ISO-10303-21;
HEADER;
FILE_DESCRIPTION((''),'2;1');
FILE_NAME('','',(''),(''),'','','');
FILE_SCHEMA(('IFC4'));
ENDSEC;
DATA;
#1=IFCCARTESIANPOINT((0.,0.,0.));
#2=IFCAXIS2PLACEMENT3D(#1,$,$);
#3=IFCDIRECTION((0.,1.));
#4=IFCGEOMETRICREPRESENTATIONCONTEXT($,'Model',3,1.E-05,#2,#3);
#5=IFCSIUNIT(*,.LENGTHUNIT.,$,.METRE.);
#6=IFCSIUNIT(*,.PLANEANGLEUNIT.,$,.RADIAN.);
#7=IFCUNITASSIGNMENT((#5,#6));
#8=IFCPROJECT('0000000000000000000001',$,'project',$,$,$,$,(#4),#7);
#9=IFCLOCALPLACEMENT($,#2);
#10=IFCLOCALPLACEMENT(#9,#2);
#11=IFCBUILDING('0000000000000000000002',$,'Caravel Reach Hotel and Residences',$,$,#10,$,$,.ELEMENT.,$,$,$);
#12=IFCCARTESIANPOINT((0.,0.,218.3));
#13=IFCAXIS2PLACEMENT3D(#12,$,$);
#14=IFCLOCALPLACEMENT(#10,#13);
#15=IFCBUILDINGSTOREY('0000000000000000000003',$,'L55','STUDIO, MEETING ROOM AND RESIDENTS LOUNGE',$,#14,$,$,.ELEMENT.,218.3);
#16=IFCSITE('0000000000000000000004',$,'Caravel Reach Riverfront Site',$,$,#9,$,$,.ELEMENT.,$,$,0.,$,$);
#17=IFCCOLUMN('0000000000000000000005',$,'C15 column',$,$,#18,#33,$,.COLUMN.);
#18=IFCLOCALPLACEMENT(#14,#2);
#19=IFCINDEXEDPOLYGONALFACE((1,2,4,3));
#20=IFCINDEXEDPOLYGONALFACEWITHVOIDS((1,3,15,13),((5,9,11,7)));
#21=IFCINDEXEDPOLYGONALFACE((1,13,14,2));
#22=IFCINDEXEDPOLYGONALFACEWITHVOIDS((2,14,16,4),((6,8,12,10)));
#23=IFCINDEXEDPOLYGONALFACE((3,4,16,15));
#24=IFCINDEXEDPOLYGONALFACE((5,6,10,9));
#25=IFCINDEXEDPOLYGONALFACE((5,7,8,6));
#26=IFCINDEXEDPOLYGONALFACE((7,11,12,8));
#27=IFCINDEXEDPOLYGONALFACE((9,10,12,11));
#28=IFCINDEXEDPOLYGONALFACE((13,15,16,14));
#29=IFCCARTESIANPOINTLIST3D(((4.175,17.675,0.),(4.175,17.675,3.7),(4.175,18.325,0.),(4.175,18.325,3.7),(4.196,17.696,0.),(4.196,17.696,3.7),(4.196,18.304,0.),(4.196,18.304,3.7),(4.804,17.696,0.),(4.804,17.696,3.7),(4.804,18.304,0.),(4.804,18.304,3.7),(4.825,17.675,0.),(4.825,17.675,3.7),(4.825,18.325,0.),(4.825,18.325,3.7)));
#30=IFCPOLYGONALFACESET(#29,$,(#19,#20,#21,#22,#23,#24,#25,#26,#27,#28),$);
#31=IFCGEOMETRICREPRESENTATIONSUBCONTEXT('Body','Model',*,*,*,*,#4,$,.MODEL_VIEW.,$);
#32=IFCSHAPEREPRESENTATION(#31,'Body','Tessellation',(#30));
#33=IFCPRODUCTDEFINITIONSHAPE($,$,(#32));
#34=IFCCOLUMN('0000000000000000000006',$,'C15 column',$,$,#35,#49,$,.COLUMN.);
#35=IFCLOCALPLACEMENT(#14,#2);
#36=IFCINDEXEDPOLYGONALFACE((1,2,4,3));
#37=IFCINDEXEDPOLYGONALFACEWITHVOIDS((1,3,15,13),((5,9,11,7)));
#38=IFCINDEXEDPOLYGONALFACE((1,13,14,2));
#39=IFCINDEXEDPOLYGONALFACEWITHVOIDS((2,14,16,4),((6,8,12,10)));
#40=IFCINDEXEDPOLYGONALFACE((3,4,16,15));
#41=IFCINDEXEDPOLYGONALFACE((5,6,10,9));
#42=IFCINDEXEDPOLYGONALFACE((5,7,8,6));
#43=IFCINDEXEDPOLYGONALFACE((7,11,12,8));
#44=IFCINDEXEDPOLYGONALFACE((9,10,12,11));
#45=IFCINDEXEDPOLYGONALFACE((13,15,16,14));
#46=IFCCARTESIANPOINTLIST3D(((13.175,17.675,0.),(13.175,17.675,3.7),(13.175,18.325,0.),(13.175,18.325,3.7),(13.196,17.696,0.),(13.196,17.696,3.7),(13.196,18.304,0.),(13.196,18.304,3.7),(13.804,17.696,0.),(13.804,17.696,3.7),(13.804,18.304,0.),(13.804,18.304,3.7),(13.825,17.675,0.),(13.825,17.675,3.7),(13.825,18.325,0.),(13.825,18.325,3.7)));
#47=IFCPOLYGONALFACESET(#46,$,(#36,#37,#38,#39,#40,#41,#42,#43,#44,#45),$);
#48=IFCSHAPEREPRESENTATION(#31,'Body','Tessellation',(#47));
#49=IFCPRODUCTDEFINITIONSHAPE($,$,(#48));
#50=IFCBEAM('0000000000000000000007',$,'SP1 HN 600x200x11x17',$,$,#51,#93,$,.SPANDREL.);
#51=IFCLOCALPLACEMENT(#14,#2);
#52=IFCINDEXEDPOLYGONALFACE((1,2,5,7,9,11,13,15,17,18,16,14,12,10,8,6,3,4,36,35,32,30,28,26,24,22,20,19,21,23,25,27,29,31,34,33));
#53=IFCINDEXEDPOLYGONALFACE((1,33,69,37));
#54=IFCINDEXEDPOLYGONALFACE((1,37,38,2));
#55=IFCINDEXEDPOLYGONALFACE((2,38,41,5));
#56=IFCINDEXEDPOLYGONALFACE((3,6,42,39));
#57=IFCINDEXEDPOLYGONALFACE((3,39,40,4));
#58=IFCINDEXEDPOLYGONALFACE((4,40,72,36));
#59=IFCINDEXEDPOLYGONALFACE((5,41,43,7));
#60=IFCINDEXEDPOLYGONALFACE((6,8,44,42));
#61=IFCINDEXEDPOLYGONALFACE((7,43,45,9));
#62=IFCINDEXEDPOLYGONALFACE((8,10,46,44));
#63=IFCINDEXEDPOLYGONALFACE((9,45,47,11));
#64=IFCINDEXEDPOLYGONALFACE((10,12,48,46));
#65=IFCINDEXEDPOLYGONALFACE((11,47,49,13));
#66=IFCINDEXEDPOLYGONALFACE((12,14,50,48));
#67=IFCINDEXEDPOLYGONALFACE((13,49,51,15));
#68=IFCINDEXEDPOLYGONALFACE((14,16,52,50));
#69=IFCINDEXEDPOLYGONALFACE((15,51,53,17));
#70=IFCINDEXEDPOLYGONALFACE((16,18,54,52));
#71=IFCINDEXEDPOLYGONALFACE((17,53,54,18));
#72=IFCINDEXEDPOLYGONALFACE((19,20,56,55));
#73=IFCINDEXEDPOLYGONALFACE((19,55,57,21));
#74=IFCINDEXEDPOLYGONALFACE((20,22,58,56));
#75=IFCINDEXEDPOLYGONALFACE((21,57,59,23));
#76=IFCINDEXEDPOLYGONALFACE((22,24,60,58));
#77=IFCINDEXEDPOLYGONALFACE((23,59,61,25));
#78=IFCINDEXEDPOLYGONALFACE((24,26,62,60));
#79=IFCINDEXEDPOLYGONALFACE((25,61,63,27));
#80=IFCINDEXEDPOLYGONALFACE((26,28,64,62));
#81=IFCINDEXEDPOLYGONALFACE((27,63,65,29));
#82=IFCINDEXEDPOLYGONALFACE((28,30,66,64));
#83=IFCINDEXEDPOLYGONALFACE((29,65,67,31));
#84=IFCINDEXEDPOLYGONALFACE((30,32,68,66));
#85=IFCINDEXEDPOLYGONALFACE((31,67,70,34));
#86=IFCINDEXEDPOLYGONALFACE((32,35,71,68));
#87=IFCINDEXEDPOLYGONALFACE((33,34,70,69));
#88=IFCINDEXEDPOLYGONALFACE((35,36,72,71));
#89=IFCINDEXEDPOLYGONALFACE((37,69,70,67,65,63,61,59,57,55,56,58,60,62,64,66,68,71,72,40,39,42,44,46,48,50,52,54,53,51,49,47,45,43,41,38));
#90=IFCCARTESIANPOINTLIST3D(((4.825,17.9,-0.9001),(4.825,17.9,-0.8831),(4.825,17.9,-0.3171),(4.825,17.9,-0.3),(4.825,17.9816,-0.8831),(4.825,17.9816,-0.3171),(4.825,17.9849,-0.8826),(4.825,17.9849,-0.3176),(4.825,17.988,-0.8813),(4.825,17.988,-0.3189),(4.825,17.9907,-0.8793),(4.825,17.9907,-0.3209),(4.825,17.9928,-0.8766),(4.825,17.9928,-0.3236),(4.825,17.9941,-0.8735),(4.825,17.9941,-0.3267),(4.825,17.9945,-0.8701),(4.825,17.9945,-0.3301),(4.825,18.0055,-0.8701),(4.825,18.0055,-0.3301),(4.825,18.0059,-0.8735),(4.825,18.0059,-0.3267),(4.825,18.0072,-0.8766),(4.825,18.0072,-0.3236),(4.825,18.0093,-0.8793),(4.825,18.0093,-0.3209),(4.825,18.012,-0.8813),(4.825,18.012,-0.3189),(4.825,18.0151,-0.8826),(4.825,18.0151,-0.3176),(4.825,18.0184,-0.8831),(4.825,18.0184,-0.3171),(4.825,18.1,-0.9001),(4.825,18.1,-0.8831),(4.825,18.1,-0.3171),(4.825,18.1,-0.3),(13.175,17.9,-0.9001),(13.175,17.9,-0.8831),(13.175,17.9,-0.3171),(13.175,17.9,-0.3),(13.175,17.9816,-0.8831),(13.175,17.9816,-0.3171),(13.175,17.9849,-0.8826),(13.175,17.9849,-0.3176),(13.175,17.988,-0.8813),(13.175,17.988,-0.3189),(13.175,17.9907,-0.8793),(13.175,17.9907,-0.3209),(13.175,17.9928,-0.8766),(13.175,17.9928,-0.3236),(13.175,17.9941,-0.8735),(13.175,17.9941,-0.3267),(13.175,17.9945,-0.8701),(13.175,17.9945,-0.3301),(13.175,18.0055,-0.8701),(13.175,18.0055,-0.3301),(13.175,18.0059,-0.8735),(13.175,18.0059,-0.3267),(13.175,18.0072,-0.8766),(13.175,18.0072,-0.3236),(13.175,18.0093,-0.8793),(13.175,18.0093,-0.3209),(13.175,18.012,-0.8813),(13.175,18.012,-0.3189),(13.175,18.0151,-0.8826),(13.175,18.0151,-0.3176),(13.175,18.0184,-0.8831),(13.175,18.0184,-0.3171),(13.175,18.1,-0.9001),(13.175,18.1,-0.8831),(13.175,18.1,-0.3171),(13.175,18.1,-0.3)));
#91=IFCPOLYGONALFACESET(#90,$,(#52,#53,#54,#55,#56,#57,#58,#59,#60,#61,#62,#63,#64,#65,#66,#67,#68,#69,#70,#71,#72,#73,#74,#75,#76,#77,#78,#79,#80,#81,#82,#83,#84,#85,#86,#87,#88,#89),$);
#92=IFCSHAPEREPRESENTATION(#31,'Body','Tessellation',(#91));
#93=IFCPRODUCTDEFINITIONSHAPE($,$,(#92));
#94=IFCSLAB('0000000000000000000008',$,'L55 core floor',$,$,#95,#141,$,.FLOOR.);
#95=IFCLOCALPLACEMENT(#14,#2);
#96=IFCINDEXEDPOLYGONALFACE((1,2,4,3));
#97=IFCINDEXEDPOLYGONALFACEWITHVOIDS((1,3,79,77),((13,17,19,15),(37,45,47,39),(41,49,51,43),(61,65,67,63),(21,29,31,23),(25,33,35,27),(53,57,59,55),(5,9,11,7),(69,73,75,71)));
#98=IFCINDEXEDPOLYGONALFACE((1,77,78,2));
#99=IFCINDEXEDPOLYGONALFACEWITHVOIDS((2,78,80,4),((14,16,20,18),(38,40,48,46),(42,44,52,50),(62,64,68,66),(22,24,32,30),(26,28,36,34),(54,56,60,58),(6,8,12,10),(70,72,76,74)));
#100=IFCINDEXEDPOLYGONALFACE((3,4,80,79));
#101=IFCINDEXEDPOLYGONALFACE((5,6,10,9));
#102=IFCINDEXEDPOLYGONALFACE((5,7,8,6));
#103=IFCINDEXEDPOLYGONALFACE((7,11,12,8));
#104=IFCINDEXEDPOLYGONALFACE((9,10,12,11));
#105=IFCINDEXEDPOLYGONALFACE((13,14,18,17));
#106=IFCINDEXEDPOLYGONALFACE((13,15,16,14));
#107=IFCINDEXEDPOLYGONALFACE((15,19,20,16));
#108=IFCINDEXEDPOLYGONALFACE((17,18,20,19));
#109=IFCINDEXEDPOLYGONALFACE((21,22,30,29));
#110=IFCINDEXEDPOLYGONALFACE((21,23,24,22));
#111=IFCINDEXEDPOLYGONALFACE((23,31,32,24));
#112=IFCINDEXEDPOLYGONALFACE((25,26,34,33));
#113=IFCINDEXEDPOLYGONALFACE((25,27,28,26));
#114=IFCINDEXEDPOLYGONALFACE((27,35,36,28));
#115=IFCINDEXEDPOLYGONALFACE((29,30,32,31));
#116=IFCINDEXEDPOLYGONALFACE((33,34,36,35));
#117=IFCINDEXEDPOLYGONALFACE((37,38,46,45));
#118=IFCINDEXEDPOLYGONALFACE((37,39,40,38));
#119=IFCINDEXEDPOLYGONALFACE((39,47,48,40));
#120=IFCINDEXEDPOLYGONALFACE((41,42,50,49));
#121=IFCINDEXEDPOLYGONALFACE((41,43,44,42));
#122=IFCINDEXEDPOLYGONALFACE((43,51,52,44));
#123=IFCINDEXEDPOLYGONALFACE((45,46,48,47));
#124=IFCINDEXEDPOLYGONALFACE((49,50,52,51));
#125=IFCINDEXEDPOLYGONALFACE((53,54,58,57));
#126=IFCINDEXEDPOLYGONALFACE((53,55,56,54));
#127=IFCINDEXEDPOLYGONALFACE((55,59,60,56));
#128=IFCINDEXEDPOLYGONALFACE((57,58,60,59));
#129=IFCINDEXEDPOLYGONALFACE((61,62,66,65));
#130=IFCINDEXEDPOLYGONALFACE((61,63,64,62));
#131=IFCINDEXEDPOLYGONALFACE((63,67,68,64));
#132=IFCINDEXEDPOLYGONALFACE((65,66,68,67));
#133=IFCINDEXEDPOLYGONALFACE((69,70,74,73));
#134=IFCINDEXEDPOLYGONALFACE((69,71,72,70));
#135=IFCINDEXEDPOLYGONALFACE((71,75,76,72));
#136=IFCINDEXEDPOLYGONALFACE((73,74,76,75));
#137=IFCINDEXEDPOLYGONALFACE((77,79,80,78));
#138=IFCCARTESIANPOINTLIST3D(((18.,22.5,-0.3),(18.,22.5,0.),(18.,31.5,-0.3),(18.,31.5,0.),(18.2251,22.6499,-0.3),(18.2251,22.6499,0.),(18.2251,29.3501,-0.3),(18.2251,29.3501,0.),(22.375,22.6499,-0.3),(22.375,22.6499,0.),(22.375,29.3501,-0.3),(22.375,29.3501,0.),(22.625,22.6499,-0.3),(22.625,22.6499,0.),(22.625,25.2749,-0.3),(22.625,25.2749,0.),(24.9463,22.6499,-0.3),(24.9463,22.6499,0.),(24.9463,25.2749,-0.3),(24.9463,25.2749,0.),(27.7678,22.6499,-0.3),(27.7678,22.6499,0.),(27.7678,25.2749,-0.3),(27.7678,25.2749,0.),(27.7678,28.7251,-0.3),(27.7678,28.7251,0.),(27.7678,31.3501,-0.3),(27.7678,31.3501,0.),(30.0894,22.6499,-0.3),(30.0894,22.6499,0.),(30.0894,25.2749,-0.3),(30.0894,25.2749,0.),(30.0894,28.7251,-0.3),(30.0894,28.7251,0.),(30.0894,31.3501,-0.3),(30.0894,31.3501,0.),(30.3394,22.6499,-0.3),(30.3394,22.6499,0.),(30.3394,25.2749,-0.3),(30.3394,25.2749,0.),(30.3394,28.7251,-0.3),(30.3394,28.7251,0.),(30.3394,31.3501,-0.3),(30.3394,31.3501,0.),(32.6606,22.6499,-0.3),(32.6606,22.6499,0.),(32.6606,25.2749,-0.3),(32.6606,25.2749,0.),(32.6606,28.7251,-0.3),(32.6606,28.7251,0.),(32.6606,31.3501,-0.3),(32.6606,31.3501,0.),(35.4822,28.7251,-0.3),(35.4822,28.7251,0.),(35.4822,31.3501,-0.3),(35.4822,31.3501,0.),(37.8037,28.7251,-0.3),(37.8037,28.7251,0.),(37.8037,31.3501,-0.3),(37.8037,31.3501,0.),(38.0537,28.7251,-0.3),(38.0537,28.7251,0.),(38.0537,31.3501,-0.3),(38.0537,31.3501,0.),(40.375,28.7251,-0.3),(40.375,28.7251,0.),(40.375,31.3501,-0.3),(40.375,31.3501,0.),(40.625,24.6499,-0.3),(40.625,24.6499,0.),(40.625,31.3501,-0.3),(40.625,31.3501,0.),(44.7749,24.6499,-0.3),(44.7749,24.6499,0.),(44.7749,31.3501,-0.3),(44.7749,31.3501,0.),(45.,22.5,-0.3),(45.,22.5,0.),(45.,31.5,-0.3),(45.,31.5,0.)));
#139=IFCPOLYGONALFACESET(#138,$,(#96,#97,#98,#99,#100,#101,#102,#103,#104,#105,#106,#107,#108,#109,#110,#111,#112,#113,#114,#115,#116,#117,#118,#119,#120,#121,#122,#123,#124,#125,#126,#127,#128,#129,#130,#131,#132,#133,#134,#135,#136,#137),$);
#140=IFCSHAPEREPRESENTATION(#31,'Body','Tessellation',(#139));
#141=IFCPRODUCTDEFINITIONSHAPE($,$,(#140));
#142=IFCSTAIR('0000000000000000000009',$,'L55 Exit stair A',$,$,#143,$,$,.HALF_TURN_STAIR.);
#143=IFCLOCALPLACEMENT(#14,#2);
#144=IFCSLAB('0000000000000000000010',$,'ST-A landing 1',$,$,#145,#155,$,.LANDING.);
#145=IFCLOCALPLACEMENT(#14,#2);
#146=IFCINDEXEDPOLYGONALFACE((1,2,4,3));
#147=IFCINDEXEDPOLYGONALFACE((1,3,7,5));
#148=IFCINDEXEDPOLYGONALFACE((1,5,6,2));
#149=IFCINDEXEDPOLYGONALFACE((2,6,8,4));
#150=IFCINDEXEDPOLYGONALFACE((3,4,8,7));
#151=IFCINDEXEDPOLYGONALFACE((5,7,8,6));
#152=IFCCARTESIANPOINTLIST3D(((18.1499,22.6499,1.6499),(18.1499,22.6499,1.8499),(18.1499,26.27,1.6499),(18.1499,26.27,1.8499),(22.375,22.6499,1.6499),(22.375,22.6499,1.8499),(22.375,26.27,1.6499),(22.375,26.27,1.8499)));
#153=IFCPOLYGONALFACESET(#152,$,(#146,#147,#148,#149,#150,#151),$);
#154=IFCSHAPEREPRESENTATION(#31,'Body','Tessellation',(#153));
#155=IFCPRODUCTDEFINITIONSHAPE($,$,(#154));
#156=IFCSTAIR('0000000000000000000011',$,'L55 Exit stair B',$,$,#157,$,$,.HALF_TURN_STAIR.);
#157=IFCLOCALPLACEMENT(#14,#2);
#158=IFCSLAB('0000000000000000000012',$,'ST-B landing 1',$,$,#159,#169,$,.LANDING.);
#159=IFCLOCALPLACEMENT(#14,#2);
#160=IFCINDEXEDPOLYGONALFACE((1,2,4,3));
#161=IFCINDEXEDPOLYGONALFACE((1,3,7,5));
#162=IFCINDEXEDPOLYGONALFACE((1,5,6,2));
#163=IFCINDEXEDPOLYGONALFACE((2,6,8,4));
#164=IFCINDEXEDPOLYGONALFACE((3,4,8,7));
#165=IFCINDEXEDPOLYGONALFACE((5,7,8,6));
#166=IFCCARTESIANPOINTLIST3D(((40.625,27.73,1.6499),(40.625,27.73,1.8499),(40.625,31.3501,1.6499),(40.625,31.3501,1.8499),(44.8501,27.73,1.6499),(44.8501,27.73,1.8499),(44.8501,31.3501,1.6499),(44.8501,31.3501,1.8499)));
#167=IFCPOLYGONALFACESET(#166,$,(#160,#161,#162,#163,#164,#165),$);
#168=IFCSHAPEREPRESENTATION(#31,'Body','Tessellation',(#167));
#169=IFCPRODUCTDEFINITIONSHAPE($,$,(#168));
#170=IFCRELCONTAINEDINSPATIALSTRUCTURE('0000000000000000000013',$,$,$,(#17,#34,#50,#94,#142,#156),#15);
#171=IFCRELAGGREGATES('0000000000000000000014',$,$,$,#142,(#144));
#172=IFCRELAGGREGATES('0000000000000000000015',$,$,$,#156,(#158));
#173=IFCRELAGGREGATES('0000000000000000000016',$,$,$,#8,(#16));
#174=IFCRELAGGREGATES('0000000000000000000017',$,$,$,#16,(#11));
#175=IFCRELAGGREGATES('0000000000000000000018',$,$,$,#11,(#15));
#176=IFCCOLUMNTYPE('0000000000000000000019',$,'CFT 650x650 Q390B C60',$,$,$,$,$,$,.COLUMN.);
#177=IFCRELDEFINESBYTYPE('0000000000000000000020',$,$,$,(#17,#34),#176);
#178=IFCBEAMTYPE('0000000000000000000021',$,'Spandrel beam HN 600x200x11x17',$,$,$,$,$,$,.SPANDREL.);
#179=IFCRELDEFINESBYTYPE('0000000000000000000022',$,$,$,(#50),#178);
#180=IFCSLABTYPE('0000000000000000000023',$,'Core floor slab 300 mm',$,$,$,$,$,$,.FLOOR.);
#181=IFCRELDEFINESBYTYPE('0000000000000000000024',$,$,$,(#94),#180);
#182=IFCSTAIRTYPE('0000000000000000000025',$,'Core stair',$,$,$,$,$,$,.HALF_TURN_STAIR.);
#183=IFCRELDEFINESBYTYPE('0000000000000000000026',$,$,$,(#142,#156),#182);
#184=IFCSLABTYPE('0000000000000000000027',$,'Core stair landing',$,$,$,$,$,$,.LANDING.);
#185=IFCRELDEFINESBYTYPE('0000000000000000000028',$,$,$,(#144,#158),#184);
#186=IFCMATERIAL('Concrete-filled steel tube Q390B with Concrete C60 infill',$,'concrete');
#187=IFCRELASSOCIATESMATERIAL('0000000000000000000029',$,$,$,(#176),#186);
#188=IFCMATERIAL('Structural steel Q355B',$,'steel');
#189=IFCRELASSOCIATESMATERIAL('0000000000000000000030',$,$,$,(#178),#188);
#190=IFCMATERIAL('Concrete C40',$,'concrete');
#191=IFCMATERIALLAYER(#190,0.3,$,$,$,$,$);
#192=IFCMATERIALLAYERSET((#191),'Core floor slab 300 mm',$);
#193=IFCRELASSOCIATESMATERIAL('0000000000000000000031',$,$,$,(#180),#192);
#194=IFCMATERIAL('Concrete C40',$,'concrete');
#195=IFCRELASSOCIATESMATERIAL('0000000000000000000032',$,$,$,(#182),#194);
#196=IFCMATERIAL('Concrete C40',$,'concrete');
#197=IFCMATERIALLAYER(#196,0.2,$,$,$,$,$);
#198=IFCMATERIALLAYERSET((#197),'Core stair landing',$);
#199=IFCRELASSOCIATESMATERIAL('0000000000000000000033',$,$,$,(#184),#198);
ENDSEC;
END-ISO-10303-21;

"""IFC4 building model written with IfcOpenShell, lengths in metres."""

from ifc_helpers import new_model, si_unit, direction, frame, origin, origin_2d, place, context, subcontext, project, spatial, polyline, hollow_rectangle, i_section, outline, extrude, material, layer, layer_set, material_profile, profile_set, type_object, element, aggregate, save


model = new_model("IFC4")

# Units and contexts
model_context = context("Model", 3, precision=1e-05, world=origin(), true_north=direction((0.0, 1.0)))
body_context = subcontext(model_context, "Body", "Model", "MODEL_VIEW")
ifc_project = project(units=[si_unit("LENGTHUNIT", "METRE"), si_unit("PLANEANGLEUNIT", "RADIAN")], contexts=[model_context])

# Site, building, storey
site_placement = place(None, origin())
site = spatial("IfcSite", under=ifc_project, at=site_placement, Name="Caravel Reach Riverfront Site", CompositionType="ELEMENT", RefElevation=0.0)
building_placement = place(site_placement, origin())
building = spatial("IfcBuilding", under=site, at=building_placement, Name="Caravel Reach Hotel and Residences", CompositionType="ELEMENT")
storey_placement = place(building_placement, frame((0.0, 0.0, 218.3)))
storey = spatial("IfcBuildingStorey", under=building, at=storey_placement, Name="L55", Description="STUDIO, MEETING ROOM AND RESIDENTS LOUNGE", CompositionType="ELEMENT", Elevation=218.3)

# Columns
ifc_material_1 = material(Name="Concrete-filled steel tube Q390B with Concrete C60 infill", Category="concrete")
ifc_material_profile_1 = material_profile(ifc_material_1, hollow_rectangle(XDim=0.6499, YDim=0.6499, WallThickness=0.021, at=origin_2d()), Name="RHS 650x650x21")
ifc_profile_set_1 = profile_set([ifc_material_profile_1], Name="Concrete-filled steel tube Q390B with Concrete C60 infill")
column_type = type_object("IfcColumnType", Name="CFT 650x650 Q390B C60", PredefinedType="COLUMN", material=ifc_profile_set_1)
for number, where, z_axis, x_axis, name in (
    (1, (4.5, 18.0, 0.0), (0.0, 0.0, 1.0), (1.0, 0.0, 0.0), "C15 column"),
    (2, (13.5, 18.0, 0.0), (0.0, 0.0, 1.0), (1.0, 0.0, 0.0), "C15 column"),
):
    element("IfcColumn", number, at=place(storey_placement, frame(where, z_axis=z_axis, x_axis=x_axis)), inside=storey, type_object=column_type, Name=name, PredefinedType="COLUMN", context=body_context, shape_type="SweptSolid", body=[
        extrude(hollow_rectangle(XDim=0.6499, YDim=0.6499, WallThickness=0.021, at=origin_2d()), origin(), (0.0, 0.0, 1.0), 3.7),
    ])

# Beam
ifc_material_2 = material(Name="Structural steel Q355B", Category="steel")
ifc_material_profile_2 = material_profile(ifc_material_2, i_section(OverallWidth=0.2, OverallDepth=0.6001, WebThickness=0.011, FlangeThickness=0.0171, FilletRadius=0.0129, at=origin_2d()), Name="HN 600x200x11x17")
ifc_profile_set_2 = profile_set([ifc_material_profile_2], Name="Structural steel Q355B")
beam_type = type_object("IfcBeamType", Name="Spandrel beam HN 600x200x11x17", PredefinedType="SPANDREL", material=ifc_profile_set_2)
beam_placement = place(storey_placement, frame((4.825, 18.0, -0.6001), z_axis=(1.0, 0.0, 0.0), x_axis=(0.0, 1.0, 0.0)))
element("IfcBeam", 3, at=beam_placement, inside=storey, type_object=beam_type, Name="SP1 HN 600x200x11x17", PredefinedType="SPANDREL", context=body_context, shape_type="SweptSolid", body=[
    extrude(i_section(OverallWidth=0.2, OverallDepth=0.6001, WebThickness=0.011, FlangeThickness=0.0171, FilletRadius=0.0129, at=origin_2d()), origin(), (0.0, 0.0, 1.0), 8.3501),
])

# Slab
ifc_material_3 = material(Name="Concrete C40", Category="concrete")
ifc_layer_1 = layer(ifc_material_3, 0.3)
ifc_layer_set_1 = layer_set([ifc_layer_1], Name="Core floor slab 300 mm")
slab_type_1 = type_object("IfcSlabType", Name="Core floor slab 300 mm", PredefinedType="FLOOR", material=ifc_layer_set_1)
slab_1_placement = place(storey_placement, frame((0.0, 0.0, -0.3)))
element("IfcSlab", 4, at=slab_1_placement, inside=storey, type_object=slab_type_1, Name="L55 core floor", PredefinedType="FLOOR", context=body_context, shape_type="SweptSolid", body=[
    extrude(outline(polyline([(18.0, 31.5), (45.0, 31.5), (45.0, 22.5), (18.0, 22.5), (18.0, 31.5)]), holes=[polyline([(22.625, 25.2749), (22.625, 22.6499), (24.9463, 22.6499), (24.9463, 25.2749), (22.625, 25.2749)]), polyline([(27.7678, 25.2749), (27.7678, 22.6499), (30.0894, 22.6499), (30.0894, 25.2749), (27.7678, 25.2749)]), polyline([(30.3394, 25.2749), (30.3394, 22.6499), (32.6606, 22.6499), (32.6606, 25.2749), (30.3394, 25.2749)]), polyline([(22.375, 22.6499), (22.375, 29.3501), (18.2251, 29.3501), (18.2251, 22.6499), (22.375, 22.6499)]), polyline([(40.625, 31.3501), (40.625, 24.6499), (44.7749, 24.6499), (44.7749, 31.3501), (40.625, 31.3501)]), polyline([(27.7678, 31.3501), (27.7678, 28.7251), (30.0894, 28.7251), (30.0894, 31.3501), (27.7678, 31.3501)]), polyline([(30.3394, 31.3501), (30.3394, 28.7251), (32.6606, 28.7251), (32.6606, 31.3501), (30.3394, 31.3501)]), polyline([(37.8037, 31.3501), (35.4822, 31.3501), (35.4822, 28.7251), (37.8037, 28.7251), (37.8037, 31.3501)]), polyline([(40.375, 31.3501), (38.0537, 31.3501), (38.0537, 28.7251), (40.375, 28.7251), (40.375, 31.3501)])]), origin(), (0.0, 0.0, 1.0), 0.3),
])

# Stairs, slabs
ifc_material_4 = material(Name="Concrete C40", Category="concrete")
stair_type = type_object("IfcStairType", Name="Core stair", PredefinedType="HALF_TURN_STAIR", material=ifc_material_4)
stair_1_placement = place(storey_placement, origin())
stair_1 = element("IfcStair", 5, at=stair_1_placement, inside=storey, type_object=stair_type, Name="L55 Exit stair A", PredefinedType="HALF_TURN_STAIR")
ifc_material_5 = material(Name="Concrete C40", Category="concrete")
ifc_layer_2 = layer(ifc_material_5, 0.2)
ifc_layer_set_2 = layer_set([ifc_layer_2], Name="Core stair landing")
slab_type_2 = type_object("IfcSlabType", Name="Core stair landing", PredefinedType="LANDING", material=ifc_layer_set_2)
slab_2_placement = place(storey_placement, frame((0.0, 0.0, 1.6499)))
slab_2 = element("IfcSlab", 6, at=slab_2_placement, type_object=slab_type_2, Name="ST-A landing 1", PredefinedType="LANDING", context=body_context, shape_type="SweptSolid", body=[
    extrude(outline(polyline([(18.1499, 26.27), (18.1499, 22.6499), (22.375, 22.6499), (22.375, 26.27), (18.1499, 26.27)])), origin(), (0.0, 0.0, 1.0), 0.2),
])
aggregate(stair_1, [slab_2])
stair_2_placement = place(storey_placement, origin())
stair_2 = element("IfcStair", 7, at=stair_2_placement, inside=storey, type_object=stair_type, Name="L55 Exit stair B", PredefinedType="HALF_TURN_STAIR")
slab_3_placement = place(storey_placement, frame((0.0, 0.0, 1.6499)))
slab_3 = element("IfcSlab", 8, at=slab_3_placement, type_object=slab_type_2, Name="ST-B landing 1", PredefinedType="LANDING", context=body_context, shape_type="SweptSolid", body=[
    extrude(outline(polyline([(44.8501, 27.73), (44.8501, 31.3501), (40.625, 31.3501), (40.625, 27.73), (44.8501, 27.73)])), origin(), (0.0, 0.0, 1.0), 0.2),
])
aggregate(stair_2, [slab_3])

save(model, "model.ifc")
